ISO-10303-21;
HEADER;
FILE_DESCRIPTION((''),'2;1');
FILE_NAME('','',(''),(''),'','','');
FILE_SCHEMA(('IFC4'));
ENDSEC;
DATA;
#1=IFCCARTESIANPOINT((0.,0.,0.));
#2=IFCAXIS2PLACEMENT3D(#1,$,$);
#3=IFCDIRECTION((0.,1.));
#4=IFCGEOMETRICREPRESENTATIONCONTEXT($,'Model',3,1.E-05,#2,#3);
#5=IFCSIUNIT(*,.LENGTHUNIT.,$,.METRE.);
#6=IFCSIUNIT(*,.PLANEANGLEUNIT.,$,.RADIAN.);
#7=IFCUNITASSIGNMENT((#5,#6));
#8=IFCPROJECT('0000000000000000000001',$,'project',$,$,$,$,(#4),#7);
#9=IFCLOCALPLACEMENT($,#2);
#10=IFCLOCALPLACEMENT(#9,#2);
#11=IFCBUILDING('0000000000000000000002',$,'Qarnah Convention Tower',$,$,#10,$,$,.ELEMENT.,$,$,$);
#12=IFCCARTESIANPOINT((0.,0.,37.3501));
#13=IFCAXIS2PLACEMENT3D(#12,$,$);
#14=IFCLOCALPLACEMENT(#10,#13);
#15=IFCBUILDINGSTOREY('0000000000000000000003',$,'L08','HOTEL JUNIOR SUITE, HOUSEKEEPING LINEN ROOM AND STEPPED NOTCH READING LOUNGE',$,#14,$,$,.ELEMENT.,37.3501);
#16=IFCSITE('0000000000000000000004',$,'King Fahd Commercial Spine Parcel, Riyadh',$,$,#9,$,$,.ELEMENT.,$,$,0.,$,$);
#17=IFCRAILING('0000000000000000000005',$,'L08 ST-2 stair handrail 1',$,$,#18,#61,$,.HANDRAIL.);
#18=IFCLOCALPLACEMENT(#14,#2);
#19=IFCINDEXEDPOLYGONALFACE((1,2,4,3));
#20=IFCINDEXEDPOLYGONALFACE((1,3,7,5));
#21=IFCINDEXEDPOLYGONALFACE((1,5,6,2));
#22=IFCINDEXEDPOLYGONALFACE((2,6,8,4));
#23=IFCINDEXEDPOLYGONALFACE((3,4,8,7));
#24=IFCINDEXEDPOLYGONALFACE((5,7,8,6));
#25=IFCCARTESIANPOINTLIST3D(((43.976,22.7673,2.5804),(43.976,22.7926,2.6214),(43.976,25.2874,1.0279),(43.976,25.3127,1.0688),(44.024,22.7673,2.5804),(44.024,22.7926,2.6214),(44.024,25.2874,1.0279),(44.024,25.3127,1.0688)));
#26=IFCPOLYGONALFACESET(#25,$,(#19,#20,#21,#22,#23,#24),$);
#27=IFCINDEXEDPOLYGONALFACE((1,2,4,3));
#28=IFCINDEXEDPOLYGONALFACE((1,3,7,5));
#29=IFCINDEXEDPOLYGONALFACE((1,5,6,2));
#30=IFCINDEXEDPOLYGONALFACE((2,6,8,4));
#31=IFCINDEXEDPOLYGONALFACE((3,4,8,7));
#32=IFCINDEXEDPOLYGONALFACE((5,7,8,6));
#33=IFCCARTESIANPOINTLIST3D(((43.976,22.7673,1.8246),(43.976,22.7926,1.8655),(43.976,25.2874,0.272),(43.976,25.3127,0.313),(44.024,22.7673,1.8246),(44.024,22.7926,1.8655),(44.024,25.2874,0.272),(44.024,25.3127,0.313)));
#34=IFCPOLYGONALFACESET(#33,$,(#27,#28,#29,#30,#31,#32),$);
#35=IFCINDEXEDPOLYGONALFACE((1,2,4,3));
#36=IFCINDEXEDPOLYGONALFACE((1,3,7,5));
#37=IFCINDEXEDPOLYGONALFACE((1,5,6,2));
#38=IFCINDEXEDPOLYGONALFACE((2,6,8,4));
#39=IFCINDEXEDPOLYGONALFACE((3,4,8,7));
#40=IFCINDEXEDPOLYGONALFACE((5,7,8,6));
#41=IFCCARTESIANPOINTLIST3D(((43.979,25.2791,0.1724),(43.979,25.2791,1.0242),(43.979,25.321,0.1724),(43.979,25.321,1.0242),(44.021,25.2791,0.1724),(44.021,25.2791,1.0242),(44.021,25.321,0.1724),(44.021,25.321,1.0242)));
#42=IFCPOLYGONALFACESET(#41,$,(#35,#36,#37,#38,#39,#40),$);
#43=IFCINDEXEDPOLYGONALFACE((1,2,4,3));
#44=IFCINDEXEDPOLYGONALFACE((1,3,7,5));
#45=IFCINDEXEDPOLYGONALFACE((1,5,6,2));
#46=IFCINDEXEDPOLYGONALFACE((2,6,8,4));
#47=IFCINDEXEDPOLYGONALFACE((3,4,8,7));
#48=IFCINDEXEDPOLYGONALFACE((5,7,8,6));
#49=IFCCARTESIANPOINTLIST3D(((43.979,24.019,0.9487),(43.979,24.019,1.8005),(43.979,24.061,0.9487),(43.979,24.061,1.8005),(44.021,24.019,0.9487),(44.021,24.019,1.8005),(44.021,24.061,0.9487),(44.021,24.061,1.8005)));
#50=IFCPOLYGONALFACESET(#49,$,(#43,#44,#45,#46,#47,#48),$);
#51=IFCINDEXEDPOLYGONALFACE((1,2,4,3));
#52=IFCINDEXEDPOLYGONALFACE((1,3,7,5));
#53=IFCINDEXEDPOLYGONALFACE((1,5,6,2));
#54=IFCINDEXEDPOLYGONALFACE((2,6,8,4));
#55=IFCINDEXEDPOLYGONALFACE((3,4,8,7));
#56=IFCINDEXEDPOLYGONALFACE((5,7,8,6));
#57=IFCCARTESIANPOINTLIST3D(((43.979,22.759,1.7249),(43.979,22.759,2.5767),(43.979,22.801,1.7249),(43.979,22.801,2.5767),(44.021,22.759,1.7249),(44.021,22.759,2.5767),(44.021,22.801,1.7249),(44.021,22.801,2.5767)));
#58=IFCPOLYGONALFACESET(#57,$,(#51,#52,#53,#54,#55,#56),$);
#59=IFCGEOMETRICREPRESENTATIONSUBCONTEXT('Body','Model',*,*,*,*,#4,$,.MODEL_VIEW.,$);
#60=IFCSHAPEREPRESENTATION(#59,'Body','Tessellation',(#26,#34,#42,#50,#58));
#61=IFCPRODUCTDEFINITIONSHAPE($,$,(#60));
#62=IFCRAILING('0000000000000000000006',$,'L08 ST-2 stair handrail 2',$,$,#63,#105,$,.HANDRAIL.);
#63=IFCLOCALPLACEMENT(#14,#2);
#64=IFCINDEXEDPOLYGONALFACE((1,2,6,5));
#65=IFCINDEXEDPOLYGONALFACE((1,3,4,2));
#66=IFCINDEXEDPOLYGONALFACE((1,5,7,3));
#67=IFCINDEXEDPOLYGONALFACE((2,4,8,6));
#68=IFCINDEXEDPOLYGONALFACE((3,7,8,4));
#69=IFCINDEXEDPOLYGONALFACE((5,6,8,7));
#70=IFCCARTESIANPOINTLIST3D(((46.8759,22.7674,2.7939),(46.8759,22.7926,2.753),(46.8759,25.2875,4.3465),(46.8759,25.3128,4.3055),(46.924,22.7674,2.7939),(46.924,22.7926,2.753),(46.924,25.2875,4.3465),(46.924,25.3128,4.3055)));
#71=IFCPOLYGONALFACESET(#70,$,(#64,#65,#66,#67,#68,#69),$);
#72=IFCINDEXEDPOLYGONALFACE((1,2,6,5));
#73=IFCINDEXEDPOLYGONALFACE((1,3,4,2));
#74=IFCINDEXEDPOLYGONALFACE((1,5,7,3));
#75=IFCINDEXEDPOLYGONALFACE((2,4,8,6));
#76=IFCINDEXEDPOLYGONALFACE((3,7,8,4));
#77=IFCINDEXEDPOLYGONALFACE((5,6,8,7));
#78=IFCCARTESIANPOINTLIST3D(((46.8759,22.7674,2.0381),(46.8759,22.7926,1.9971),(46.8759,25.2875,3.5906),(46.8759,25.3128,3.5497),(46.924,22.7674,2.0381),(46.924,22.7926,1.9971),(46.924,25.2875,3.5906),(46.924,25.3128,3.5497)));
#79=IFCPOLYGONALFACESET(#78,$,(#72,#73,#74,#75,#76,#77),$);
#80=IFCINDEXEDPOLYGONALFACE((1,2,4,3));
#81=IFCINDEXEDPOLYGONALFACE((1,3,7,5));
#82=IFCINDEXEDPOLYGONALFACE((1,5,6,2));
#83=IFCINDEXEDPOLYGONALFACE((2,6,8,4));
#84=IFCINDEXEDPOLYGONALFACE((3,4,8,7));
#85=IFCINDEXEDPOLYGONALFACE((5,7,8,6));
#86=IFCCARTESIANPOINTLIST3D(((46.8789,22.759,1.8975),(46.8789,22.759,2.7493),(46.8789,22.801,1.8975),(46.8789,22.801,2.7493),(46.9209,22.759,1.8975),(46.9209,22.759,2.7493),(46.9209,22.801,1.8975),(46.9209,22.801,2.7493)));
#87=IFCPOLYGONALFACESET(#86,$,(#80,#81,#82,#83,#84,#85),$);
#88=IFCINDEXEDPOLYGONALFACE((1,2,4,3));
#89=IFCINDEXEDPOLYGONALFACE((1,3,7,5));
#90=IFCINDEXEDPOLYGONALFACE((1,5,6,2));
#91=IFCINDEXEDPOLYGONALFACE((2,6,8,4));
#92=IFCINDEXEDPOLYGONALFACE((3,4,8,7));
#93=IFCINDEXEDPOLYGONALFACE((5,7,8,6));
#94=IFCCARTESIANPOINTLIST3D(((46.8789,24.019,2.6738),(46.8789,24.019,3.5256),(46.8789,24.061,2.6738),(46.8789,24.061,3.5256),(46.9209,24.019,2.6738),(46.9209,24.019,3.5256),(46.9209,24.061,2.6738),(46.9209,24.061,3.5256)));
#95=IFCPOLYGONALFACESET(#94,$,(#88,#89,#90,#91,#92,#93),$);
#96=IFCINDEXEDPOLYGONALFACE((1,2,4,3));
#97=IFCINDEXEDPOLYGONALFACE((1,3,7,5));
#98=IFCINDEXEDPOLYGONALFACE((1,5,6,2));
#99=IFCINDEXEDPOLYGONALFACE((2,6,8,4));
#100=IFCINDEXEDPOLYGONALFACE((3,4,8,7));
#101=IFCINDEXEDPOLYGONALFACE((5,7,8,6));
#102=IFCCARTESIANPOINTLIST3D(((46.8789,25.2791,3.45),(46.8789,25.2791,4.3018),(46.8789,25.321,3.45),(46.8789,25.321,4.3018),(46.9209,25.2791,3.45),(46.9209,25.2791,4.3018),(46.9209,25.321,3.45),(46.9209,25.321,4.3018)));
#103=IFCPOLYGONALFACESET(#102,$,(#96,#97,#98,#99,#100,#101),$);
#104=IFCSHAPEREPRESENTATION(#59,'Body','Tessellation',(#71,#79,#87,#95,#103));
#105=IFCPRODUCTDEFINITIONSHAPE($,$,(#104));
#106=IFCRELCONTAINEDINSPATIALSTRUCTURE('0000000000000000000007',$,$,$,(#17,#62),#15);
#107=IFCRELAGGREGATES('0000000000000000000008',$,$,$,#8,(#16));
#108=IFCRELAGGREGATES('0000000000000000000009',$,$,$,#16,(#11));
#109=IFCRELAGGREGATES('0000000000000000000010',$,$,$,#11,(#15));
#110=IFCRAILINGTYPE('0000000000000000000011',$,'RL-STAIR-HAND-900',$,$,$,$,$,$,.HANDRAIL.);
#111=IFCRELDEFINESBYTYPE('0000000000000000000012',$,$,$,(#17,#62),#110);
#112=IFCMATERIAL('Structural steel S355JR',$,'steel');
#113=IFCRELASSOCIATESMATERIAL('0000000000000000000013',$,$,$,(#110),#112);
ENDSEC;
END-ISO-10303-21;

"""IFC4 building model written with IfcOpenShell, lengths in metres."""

from ifc_helpers import new_model, si_unit, direction, frame, origin, origin_2d, place, context, subcontext, project, spatial, rectangle, extrude, material, type_object, element, save


model = new_model("IFC4")

# Units and contexts
model_context = context("Model", 3, precision=1e-05, world=origin(), true_north=direction((0.0, 1.0)))
body_context = subcontext(model_context, "Body", "Model", "MODEL_VIEW")
ifc_project = project(units=[si_unit("LENGTHUNIT", "METRE"), si_unit("PLANEANGLEUNIT", "RADIAN")], contexts=[model_context])

# Site, building, storey
site_placement = place(None, origin())
site = spatial("IfcSite", under=ifc_project, at=site_placement, Name="King Fahd Commercial Spine Parcel, Riyadh", CompositionType="ELEMENT", RefElevation=0.0)
building_placement = place(site_placement, origin())
building = spatial("IfcBuilding", under=site, at=building_placement, Name="Qarnah Convention Tower", CompositionType="ELEMENT")
storey_placement = place(building_placement, frame((0.0, 0.0, 37.3501)))
storey = spatial("IfcBuildingStorey", under=building, at=storey_placement, Name="L08", Description="HOTEL JUNIOR SUITE, HOUSEKEEPING LINEN ROOM AND STEPPED NOTCH READING LOUNGE", CompositionType="ELEMENT", Elevation=37.3501)

# Shared definitions
ifc_material_1 = material(Name="Structural steel S355JR", Category="steel")

# Railings
railing_type_1 = type_object("IfcRailingType", Name="RL-STAIR-HAND-900", PredefinedType="HANDRAIL", material=ifc_material_1)
railing_1_placement = place(storey_placement, frame((44.0, 25.3, 0.1724)))
element("IfcRailing", 1, at=railing_1_placement, inside=storey, type_object=railing_type_1, Name="L08 ST-2 stair handrail 1", PredefinedType="HANDRAIL", context=body_context, shape_type="SweptSolid", body=[
    extrude(rectangle(XDim=0.0481, YDim=0.0481, at=origin_2d()), frame((0.0, 0.0, 0.876), z_axis=(0.0, -0.8514, 0.524516), x_axis=(1.0, 0.0, 0.0)), (0.0, 0.0, 1.0), 2.96),
    extrude(rectangle(XDim=0.0481, YDim=0.0481, at=origin_2d()), frame((0.0, 0.0, 0.1201), z_axis=(0.0, -0.8514, 0.524516), x_axis=(1.0, 0.0, 0.0)), (0.0, 0.0, 1.0), 2.96),
    extrude(rectangle(XDim=0.042, YDim=0.042, at=origin_2d()), origin(), (0.0, 0.0, 1.0), 0.8518),
    extrude(rectangle(XDim=0.042, YDim=0.042, at=origin_2d()), frame((0.0, -1.26, 0.7764)), (0.0, 0.0, 1.0), 0.8518),
    extrude(rectangle(XDim=0.042, YDim=0.042, at=origin_2d()), frame((0.0, -2.52, 1.5525)), (0.0, 0.0, 1.0), 0.8518),
])
railing_2_placement = place(storey_placement, frame((46.8999, 22.78, 1.8975)))
element("IfcRailing", 2, at=railing_2_placement, inside=storey, type_object=railing_type_1, Name="L08 ST-2 stair handrail 2", PredefinedType="HANDRAIL", context=body_context, shape_type="SweptSolid", body=[
    extrude(rectangle(XDim=0.0481, YDim=0.0481, at=origin_2d()), frame((0.0, 0.0, 0.876), z_axis=(0.0, 0.8514, 0.524516), x_axis=(-1.0, 0.0, 0.0)), (0.0, 0.0, 1.0), 2.96),
    extrude(rectangle(XDim=0.0481, YDim=0.0481, at=origin_2d()), frame((0.0, 0.0, 0.1201), z_axis=(0.0, 0.8514, 0.524516), x_axis=(-1.0, 0.0, 0.0)), (0.0, 0.0, 1.0), 2.96),
    extrude(rectangle(XDim=0.042, YDim=0.042, at=origin_2d()), origin(), (0.0, 0.0, 1.0), 0.8518),
    extrude(rectangle(XDim=0.042, YDim=0.042, at=origin_2d()), frame((0.0, 1.26, 0.7764)), (0.0, 0.0, 1.0), 0.8518),
    extrude(rectangle(XDim=0.042, YDim=0.042, at=origin_2d()), frame((0.0, 2.52, 1.5525)), (0.0, 0.0, 1.0), 0.8518),
])

save(model, "model.ifc")
